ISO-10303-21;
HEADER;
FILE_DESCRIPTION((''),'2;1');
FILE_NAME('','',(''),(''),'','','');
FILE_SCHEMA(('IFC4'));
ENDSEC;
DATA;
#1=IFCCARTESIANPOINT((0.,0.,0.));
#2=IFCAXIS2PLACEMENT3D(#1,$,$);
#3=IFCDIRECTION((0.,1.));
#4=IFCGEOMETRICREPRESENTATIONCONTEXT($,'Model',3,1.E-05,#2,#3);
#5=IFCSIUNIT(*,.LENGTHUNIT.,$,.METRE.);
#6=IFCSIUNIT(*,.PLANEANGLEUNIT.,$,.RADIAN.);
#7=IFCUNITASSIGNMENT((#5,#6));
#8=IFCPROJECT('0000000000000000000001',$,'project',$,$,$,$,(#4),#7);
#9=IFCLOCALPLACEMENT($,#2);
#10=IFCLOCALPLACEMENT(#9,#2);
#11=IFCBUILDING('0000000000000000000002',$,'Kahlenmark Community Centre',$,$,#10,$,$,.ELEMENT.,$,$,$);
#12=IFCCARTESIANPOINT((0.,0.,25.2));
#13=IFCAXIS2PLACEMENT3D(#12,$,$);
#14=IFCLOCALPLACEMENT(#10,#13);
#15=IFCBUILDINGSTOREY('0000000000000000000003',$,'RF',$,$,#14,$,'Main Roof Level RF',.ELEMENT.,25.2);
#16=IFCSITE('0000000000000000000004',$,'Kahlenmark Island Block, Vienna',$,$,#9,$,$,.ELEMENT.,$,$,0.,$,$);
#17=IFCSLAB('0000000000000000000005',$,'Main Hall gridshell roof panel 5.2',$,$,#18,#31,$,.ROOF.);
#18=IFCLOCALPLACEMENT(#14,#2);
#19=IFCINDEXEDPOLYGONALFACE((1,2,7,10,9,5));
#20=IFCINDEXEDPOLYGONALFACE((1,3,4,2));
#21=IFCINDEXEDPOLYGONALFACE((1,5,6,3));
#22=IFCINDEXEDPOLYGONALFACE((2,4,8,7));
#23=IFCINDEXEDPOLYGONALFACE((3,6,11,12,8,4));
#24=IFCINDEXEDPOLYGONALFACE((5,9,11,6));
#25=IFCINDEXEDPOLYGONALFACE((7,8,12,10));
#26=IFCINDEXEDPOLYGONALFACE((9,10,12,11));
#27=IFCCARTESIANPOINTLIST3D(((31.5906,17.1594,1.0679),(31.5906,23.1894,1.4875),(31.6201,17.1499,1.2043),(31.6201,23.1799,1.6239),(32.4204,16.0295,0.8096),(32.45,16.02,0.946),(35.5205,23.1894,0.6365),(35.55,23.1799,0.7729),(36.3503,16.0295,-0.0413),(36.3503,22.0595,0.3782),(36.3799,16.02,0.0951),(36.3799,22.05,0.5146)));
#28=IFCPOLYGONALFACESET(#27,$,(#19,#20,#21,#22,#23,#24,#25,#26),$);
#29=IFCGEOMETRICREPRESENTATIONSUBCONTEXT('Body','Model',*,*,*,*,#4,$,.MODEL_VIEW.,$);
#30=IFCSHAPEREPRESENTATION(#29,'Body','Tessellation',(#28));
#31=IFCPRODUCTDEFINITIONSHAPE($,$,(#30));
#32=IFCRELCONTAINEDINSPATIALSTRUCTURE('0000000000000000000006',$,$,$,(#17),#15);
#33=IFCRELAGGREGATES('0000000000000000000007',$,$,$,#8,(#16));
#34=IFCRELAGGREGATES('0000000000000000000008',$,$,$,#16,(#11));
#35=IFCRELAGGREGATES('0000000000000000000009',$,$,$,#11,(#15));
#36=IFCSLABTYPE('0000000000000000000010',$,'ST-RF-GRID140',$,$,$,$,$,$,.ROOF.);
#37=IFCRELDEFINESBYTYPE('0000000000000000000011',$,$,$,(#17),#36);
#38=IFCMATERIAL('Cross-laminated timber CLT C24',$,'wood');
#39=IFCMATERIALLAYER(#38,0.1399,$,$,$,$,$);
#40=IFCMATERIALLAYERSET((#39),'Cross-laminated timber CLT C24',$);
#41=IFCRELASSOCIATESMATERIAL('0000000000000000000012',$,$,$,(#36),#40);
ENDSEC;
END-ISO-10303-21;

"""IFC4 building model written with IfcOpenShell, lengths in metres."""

from ifc_helpers import new_model, si_unit, direction, frame, origin, place, context, subcontext, project, spatial, polyline, outline, extrude, material, layer, layer_set, type_object, element, save


model = new_model("IFC4")

# Units and contexts
model_context = context("Model", 3, precision=1e-05, world=origin(), true_north=direction((0.0, 1.0)))
body_context = subcontext(model_context, "Body", "Model", "MODEL_VIEW")
ifc_project = project(units=[si_unit("LENGTHUNIT", "METRE"), si_unit("PLANEANGLEUNIT", "RADIAN")], contexts=[model_context])

# Site, building, storey
site_placement = place(None, origin())
site = spatial("IfcSite", under=ifc_project, at=site_placement, Name="Kahlenmark Island Block, Vienna", CompositionType="ELEMENT", RefElevation=0.0)
building_placement = place(site_placement, origin())
building = spatial("IfcBuilding", under=site, at=building_placement, Name="Kahlenmark Community Centre", CompositionType="ELEMENT")
storey_placement = place(building_placement, frame((0.0, 0.0, 25.2)))
storey = spatial("IfcBuildingStorey", under=building, at=storey_placement, Name="RF", LongName="Main Roof Level RF", CompositionType="ELEMENT", Elevation=25.2)

# Slab
ifc_material_1 = material(Name="Cross-laminated timber CLT C24", Category="wood")
ifc_layer_1 = layer(ifc_material_1, 0.1399)
ifc_layer_set_1 = layer_set([ifc_layer_1], Name="Cross-laminated timber CLT C24")
slab_type = type_object("IfcSlabType", Name="ST-RF-GRID140", PredefinedType="ROOF", material=ifc_layer_set_1)
slab_1_placement = place(storey_placement, frame((32.45, 16.02, 0.946), z_axis=(0.211139, -0.067845, 0.975099), x_axis=(0.977351, 0.000002, -0.211627)))
element("IfcSlab", 1, at=slab_1_placement, inside=storey, type_object=slab_type, Name="Main Hall gridshell roof panel 5.2", PredefinedType="ROOF", context=body_context, shape_type="SweptSolid", body=[
    extrude(outline(polyline([(0.0, 0.0), (4.021, 0.0), (3.9322, 6.0439), (3.0665, 7.1764), (-0.9545, 7.1765), (-0.8657, 1.1325), (0.0, 0.0)])), origin(), (0.0, 0.0, -1.0), 0.1399),
])

save(model, "model.ifc")
